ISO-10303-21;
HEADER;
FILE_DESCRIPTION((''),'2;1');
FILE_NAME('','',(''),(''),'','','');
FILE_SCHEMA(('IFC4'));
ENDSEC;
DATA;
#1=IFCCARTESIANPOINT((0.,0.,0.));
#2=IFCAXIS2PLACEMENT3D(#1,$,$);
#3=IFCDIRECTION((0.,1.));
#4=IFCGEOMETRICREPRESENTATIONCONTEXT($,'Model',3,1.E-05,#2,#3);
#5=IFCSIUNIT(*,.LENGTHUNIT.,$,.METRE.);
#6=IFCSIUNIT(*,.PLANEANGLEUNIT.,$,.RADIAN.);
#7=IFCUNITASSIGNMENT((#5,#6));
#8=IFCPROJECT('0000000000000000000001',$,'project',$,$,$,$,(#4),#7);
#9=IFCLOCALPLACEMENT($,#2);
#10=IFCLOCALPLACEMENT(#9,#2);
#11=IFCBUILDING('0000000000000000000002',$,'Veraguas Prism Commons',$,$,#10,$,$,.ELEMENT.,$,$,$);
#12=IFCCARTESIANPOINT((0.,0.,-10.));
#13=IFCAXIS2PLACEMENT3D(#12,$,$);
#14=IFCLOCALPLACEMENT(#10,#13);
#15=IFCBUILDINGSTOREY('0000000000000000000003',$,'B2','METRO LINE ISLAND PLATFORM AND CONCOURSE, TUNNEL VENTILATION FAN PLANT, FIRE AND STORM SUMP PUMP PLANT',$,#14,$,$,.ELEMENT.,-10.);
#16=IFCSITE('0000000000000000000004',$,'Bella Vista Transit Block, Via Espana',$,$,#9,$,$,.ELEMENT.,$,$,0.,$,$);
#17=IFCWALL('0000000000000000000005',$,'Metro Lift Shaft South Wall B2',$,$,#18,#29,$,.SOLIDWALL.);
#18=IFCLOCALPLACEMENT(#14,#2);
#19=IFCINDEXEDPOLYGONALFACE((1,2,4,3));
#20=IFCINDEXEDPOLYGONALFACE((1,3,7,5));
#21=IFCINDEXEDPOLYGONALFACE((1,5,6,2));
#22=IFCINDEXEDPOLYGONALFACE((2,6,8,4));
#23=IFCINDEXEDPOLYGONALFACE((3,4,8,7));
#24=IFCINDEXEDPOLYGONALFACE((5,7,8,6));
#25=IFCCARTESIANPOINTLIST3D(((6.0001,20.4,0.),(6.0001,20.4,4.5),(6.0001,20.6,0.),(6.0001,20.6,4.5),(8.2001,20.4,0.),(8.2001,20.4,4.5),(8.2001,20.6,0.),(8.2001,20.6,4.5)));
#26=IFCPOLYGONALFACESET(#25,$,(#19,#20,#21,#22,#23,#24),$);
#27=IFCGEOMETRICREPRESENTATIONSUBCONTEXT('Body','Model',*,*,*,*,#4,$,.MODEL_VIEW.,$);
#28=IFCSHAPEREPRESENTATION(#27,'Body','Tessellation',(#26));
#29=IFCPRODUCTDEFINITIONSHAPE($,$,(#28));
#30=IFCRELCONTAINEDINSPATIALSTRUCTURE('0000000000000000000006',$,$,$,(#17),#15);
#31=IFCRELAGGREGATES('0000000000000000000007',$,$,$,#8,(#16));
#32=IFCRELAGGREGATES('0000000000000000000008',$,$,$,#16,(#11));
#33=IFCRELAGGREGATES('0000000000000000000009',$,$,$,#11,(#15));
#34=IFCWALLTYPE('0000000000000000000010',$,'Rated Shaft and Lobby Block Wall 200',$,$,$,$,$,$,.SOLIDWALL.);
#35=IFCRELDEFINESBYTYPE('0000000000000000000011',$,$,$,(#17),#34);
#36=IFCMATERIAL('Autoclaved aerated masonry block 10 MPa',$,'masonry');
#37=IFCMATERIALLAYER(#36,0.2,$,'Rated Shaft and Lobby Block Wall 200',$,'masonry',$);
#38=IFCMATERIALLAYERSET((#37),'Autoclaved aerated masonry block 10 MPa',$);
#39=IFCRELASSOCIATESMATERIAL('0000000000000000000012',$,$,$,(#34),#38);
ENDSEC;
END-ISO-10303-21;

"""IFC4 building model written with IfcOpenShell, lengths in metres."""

from ifc_helpers import new_model, si_unit, direction, frame, frame_2d, origin, place, context, subcontext, project, spatial, rectangle, extrude, material, layer, layer_set, type_object, element, save


model = new_model("IFC4")

# Units and contexts
model_context = context("Model", 3, precision=1e-05, world=origin(), true_north=direction((0.0, 1.0)))
body_context = subcontext(model_context, "Body", "Model", "MODEL_VIEW")
ifc_project = project(units=[si_unit("LENGTHUNIT", "METRE"), si_unit("PLANEANGLEUNIT", "RADIAN")], contexts=[model_context])

# Site, building, storey
site_placement = place(None, origin())
site = spatial("IfcSite", under=ifc_project, at=site_placement, Name="Bella Vista Transit Block, Via Espana", CompositionType="ELEMENT", RefElevation=0.0)
building_placement = place(site_placement, origin())
building = spatial("IfcBuilding", under=site, at=building_placement, Name="Veraguas Prism Commons", CompositionType="ELEMENT")
storey_placement = place(building_placement, frame((0.0, 0.0, -10.0)))
storey = spatial("IfcBuildingStorey", under=building, at=storey_placement, Name="B2", Description="METRO LINE ISLAND PLATFORM AND CONCOURSE, TUNNEL VENTILATION FAN PLANT, FIRE AND STORM SUMP PUMP PLANT", CompositionType="ELEMENT", Elevation=-10.0)

# Shared definitions
ifc_material_1 = material(Name="Autoclaved aerated masonry block 10 MPa", Category="masonry")
ifc_layer_1 = layer(ifc_material_1, 0.2, Name="Rated Shaft and Lobby Block Wall 200", Category="masonry")
ifc_layer_set_1 = layer_set([ifc_layer_1], Name="Autoclaved aerated masonry block 10 MPa")
wall_type_1 = type_object("IfcWallType", Name="Rated Shaft and Lobby Block Wall 200", PredefinedType="SOLIDWALL", material=ifc_layer_set_1)

# Wall
wall_1_placement = place(storey_placement, frame((6.0, 20.5, 0.0), z_axis=(0.0, 0.0, 1.0), x_axis=(1.0, 0.0, 0.0)))
element("IfcWall", 1, at=wall_1_placement, inside=storey, type_object=wall_type_1, Name="Metro Lift Shaft South Wall B2", PredefinedType="SOLIDWALL", context=body_context, shape_type="SweptSolid", body=[
    extrude(rectangle(XDim=2.2, YDim=0.2, at=frame_2d((1.1001, 0.0))), origin(), (0.0, 0.0, 1.0), 4.5),
])

save(model, "model.ifc")
